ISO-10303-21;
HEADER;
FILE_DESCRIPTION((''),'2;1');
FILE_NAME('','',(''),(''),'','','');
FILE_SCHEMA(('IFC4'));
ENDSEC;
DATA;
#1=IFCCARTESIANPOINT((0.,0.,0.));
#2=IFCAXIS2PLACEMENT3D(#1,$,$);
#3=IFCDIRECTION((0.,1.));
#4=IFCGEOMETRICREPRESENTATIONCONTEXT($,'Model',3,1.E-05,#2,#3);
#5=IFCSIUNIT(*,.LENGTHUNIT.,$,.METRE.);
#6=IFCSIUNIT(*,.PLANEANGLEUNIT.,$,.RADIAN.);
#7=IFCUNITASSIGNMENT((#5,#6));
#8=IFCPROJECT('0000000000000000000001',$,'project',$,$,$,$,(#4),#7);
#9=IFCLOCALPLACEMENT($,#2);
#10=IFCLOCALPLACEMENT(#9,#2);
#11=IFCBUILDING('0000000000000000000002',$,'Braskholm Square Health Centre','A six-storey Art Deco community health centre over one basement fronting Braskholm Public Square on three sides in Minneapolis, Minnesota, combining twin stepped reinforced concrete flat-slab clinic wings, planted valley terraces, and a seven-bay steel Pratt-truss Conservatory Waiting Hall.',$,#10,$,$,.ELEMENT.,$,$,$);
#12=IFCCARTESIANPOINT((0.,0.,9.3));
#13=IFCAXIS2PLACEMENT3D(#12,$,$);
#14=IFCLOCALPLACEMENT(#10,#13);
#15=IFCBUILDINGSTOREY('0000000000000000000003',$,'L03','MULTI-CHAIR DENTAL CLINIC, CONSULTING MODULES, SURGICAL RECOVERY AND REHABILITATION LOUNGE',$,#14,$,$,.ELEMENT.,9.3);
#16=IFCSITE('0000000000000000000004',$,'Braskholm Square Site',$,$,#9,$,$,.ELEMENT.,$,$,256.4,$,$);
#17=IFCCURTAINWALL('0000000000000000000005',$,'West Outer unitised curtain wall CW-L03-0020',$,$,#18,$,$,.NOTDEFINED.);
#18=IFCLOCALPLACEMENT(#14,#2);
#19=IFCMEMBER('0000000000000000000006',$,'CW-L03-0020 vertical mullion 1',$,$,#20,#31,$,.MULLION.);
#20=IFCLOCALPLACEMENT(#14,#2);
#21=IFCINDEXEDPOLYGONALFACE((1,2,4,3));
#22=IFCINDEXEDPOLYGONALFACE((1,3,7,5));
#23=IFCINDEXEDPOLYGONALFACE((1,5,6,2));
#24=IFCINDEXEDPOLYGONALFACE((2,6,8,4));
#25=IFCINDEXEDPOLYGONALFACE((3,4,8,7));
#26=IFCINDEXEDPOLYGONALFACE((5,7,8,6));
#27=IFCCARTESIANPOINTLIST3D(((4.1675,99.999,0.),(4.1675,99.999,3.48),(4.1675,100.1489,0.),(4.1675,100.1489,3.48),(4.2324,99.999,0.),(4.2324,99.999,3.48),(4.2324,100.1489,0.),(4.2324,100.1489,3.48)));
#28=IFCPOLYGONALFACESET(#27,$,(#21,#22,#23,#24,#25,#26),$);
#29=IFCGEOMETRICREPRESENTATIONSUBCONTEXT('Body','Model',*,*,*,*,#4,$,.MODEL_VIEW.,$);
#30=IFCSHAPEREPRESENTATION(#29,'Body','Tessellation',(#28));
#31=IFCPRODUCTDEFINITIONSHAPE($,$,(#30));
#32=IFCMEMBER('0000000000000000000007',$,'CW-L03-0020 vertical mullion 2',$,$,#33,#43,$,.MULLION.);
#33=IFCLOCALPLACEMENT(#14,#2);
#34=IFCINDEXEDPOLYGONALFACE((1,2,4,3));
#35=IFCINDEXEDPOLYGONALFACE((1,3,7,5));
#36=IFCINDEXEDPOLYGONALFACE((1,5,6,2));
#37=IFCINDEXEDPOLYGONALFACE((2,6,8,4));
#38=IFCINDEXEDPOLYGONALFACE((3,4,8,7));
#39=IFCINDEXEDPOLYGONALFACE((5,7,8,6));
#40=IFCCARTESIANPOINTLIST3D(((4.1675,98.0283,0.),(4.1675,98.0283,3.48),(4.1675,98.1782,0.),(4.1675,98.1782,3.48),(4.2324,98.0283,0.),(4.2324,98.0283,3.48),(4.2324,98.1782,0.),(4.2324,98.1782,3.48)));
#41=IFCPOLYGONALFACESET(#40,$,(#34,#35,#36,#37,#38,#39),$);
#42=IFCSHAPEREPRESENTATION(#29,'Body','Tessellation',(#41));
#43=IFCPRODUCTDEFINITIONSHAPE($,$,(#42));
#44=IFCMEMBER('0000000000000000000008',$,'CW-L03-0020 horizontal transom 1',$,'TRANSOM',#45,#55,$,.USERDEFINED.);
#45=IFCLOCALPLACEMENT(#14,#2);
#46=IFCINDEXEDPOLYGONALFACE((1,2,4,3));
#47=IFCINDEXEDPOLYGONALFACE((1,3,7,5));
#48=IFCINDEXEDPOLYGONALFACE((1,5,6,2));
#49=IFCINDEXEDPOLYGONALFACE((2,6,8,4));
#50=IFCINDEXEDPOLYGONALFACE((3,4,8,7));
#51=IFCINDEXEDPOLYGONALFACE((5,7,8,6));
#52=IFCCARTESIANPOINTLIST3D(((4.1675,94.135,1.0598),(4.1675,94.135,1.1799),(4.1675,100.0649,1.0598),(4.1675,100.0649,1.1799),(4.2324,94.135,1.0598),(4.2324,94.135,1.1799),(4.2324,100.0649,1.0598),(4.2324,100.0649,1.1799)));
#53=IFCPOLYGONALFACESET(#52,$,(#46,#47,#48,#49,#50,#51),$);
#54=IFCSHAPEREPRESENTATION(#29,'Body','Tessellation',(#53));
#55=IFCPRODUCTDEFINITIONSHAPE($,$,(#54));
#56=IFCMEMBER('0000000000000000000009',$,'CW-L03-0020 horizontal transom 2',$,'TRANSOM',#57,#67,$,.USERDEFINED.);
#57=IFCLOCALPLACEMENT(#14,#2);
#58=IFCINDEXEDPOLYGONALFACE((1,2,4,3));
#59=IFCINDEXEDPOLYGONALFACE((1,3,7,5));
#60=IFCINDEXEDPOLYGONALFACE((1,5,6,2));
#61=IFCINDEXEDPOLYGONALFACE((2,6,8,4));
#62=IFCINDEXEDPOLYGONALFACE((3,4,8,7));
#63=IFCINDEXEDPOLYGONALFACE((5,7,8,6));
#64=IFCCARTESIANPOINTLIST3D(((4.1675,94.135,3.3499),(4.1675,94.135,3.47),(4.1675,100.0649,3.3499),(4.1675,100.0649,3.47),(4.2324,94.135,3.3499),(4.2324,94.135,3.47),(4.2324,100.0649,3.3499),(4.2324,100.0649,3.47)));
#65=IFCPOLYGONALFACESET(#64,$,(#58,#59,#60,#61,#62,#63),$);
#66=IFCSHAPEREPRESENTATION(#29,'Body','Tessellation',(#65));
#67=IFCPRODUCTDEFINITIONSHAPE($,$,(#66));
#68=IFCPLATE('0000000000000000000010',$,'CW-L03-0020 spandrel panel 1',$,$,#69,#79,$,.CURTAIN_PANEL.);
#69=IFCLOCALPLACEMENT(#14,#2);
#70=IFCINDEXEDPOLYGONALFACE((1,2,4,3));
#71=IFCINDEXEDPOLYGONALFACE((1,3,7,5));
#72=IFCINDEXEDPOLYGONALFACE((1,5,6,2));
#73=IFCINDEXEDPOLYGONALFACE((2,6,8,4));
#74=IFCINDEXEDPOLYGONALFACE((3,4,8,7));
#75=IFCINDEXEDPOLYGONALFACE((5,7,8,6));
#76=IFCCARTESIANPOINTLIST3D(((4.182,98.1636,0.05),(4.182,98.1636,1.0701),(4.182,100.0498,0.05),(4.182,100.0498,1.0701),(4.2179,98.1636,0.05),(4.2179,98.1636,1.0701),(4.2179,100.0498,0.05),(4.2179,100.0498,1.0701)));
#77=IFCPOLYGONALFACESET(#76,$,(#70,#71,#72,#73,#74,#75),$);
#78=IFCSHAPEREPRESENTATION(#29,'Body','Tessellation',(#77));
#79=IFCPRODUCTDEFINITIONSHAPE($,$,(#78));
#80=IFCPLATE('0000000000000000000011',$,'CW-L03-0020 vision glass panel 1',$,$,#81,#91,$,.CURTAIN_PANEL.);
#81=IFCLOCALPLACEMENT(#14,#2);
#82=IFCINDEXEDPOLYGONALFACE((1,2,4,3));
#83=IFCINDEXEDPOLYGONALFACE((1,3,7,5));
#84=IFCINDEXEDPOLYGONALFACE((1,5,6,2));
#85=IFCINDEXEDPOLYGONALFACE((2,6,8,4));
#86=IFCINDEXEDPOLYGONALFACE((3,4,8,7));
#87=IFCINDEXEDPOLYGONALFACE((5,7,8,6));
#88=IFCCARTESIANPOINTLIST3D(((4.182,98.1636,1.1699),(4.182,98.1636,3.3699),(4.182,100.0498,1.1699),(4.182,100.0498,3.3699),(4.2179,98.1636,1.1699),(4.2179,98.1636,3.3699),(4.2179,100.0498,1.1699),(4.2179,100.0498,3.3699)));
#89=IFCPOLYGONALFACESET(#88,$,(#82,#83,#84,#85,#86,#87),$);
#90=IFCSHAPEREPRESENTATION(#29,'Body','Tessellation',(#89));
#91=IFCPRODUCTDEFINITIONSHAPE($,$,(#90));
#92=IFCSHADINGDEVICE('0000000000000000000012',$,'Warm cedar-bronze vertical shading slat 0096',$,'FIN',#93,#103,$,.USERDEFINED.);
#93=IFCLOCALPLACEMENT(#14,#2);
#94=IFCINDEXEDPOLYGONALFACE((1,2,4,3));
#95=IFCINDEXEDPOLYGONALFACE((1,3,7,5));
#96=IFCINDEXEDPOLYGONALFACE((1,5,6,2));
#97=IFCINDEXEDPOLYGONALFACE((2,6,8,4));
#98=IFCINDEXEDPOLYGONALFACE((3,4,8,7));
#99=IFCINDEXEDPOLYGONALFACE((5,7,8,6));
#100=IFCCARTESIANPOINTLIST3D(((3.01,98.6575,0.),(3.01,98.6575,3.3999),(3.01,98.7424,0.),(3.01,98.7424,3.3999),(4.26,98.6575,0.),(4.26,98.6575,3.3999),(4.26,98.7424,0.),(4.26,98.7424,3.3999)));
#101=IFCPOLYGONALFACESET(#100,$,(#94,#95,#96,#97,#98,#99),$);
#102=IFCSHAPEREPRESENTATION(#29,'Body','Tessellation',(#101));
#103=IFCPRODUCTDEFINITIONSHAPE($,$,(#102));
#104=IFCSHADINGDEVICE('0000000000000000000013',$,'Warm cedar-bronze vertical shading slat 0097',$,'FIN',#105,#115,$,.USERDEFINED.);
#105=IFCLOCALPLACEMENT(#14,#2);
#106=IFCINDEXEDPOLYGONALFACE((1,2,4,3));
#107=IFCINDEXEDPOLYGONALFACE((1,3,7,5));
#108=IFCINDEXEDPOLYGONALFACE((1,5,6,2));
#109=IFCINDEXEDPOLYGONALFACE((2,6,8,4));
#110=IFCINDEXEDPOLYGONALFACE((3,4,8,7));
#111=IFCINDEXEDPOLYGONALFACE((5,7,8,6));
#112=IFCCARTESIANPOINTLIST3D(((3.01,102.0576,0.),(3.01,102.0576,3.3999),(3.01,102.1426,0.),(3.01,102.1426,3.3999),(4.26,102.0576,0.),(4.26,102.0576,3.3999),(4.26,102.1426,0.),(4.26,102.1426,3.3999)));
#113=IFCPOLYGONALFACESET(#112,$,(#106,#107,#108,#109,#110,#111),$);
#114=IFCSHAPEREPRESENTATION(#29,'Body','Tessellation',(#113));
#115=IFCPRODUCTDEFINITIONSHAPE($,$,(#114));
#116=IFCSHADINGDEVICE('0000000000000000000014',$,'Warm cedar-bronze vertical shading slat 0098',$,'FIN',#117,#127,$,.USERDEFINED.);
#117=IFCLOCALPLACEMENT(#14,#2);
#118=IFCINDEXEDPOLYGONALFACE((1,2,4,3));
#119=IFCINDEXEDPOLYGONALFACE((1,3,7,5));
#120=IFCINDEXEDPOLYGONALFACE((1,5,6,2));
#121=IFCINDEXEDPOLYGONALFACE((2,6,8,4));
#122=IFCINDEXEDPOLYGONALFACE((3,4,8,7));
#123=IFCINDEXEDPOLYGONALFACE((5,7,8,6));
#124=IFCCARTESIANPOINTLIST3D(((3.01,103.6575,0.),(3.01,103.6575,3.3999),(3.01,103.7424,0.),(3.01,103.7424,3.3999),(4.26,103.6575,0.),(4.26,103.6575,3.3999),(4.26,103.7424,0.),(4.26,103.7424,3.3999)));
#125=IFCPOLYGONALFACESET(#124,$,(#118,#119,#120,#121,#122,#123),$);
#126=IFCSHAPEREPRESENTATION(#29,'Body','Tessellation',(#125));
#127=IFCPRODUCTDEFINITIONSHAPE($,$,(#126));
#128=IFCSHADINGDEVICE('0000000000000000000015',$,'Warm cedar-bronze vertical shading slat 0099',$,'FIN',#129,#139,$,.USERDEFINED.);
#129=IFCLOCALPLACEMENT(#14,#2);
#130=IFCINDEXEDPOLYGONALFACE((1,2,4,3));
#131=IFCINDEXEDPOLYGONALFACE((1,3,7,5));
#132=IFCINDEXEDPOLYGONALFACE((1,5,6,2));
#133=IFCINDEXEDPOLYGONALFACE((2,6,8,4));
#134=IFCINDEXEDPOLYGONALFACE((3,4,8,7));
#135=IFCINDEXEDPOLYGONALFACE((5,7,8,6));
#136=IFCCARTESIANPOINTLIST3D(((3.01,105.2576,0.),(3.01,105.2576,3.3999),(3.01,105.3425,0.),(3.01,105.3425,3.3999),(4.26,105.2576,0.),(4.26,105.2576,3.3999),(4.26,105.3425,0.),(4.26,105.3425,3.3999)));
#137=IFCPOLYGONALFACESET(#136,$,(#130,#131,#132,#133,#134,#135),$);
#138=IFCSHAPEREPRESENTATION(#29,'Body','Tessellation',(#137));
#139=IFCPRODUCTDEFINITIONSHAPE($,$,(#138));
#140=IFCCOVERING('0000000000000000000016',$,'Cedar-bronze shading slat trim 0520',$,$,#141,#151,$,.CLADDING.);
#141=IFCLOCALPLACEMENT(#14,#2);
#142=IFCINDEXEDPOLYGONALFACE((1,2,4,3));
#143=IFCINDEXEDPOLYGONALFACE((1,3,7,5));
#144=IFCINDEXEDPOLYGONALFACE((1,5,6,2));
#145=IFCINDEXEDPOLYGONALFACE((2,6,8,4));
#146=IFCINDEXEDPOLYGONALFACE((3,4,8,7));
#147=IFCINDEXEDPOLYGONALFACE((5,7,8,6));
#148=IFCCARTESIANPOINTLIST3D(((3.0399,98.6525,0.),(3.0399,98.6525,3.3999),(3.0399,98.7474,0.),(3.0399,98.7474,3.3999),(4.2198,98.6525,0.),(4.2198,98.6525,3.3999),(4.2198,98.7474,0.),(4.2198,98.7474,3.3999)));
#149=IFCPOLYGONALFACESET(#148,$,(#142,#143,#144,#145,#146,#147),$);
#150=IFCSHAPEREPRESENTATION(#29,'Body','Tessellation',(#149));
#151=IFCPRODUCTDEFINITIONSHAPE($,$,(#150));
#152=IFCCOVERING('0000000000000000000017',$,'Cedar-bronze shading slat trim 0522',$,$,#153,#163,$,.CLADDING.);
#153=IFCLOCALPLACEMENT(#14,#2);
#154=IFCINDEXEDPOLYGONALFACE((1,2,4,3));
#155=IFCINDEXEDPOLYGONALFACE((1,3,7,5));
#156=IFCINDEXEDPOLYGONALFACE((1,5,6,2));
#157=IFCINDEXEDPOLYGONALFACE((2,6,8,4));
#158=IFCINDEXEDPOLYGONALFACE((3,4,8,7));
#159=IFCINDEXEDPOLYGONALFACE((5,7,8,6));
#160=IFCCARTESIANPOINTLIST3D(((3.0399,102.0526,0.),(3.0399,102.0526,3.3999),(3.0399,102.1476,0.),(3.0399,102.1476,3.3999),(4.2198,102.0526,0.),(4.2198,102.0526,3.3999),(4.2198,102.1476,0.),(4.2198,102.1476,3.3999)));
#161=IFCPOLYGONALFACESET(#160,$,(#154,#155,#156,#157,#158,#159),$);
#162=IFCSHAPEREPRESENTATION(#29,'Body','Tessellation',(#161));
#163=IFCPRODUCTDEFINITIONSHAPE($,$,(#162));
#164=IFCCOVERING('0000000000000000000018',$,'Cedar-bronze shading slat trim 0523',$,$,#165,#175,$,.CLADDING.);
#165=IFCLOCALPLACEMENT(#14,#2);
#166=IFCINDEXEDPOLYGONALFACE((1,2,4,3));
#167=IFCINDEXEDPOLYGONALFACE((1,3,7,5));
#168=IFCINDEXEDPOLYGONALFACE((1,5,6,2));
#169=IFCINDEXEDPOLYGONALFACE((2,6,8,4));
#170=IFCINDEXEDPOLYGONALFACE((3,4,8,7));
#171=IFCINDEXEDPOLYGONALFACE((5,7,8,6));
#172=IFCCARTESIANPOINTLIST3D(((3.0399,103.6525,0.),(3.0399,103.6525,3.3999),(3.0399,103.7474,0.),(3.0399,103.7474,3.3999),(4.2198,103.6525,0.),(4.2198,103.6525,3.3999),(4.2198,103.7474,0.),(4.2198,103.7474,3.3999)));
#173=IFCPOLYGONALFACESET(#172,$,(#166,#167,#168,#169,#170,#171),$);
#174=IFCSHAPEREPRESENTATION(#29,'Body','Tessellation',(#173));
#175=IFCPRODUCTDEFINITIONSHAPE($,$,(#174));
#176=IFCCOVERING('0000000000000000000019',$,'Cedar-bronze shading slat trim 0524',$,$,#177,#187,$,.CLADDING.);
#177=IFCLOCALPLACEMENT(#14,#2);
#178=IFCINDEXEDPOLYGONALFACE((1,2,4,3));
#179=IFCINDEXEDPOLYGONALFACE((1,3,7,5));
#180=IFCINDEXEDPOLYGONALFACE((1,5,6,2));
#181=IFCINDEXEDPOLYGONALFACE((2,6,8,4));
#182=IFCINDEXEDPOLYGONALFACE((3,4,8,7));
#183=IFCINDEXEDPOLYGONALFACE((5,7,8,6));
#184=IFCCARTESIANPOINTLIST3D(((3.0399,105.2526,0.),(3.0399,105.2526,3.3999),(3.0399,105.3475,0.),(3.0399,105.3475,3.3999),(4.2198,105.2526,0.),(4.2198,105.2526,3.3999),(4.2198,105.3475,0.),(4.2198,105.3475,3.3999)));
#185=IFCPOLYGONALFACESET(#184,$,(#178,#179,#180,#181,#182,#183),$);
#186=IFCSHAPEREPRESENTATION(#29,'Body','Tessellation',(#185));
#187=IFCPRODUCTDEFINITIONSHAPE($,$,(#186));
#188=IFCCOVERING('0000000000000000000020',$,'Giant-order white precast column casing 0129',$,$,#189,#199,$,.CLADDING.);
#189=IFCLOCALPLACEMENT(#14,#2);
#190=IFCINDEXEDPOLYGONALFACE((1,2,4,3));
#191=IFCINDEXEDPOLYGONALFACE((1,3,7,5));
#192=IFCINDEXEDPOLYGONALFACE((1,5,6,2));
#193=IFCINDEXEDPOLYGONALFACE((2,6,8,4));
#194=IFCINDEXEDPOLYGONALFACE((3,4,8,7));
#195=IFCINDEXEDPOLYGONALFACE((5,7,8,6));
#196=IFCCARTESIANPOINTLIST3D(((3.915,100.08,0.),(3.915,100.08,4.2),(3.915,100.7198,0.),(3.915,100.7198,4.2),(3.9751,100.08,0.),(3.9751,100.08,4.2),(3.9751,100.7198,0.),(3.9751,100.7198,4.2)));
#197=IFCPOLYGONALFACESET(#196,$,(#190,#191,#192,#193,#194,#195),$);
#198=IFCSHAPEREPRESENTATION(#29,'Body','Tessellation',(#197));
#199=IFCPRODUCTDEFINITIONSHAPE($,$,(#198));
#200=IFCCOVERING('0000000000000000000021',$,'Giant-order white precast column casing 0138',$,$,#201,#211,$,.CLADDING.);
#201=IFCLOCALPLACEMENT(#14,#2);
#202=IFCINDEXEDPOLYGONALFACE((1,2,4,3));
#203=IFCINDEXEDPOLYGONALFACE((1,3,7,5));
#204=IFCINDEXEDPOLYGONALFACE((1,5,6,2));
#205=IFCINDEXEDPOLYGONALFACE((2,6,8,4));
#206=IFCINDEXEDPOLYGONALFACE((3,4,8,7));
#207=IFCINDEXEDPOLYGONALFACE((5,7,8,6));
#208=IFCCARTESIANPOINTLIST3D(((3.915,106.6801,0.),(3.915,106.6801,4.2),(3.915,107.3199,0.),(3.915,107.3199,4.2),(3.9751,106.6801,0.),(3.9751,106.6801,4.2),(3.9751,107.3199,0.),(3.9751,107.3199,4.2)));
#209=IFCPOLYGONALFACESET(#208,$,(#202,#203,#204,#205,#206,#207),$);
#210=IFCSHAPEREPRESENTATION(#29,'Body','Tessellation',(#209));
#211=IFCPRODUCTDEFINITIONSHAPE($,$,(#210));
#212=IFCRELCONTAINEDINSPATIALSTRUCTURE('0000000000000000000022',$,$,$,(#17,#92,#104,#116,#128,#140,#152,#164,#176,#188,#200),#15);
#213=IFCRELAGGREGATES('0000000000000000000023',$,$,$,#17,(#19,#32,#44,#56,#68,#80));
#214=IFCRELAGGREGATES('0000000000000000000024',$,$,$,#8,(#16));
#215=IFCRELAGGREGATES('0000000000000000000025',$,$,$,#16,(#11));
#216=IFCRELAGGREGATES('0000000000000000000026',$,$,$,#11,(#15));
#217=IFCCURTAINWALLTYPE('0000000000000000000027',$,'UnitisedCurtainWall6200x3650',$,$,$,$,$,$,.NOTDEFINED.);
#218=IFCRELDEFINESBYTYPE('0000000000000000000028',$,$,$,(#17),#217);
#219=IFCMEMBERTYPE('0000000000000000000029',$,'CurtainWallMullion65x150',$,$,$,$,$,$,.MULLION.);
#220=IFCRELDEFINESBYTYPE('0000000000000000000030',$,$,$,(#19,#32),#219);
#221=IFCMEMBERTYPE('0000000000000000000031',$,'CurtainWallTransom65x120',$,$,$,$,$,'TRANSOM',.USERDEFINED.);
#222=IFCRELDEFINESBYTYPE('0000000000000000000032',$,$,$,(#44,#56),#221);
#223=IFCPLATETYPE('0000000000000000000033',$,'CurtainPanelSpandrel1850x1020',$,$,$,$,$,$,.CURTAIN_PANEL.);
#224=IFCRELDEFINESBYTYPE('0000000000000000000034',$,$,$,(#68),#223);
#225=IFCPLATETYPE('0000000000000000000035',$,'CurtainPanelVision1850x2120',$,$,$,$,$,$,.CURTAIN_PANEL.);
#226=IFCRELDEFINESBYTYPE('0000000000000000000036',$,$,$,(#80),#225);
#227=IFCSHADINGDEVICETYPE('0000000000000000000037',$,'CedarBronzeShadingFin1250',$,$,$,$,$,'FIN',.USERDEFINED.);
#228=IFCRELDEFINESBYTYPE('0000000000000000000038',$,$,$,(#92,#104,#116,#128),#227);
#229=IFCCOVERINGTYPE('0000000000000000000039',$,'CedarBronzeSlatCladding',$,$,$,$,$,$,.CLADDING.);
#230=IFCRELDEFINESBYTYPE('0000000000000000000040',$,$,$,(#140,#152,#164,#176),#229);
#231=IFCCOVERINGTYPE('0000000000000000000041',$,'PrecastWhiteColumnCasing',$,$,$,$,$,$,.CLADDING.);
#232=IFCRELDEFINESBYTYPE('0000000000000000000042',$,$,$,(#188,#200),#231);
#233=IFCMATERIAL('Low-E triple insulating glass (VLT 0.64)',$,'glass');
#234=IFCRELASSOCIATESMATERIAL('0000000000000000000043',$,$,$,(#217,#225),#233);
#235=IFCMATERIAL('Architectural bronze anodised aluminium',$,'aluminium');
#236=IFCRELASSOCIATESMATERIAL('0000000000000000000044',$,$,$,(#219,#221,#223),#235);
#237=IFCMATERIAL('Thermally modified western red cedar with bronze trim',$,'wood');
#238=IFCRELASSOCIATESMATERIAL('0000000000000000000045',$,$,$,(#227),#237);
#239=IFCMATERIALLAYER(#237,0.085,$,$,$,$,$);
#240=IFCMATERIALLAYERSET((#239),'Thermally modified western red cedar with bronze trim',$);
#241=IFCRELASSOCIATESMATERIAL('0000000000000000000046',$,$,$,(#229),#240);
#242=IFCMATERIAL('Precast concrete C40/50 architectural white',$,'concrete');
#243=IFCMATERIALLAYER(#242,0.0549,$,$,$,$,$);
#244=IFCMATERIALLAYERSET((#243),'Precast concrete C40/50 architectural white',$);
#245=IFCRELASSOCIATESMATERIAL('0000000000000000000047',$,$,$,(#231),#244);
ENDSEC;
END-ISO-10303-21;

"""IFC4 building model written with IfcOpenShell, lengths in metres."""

from ifc_helpers import new_model, si_unit, direction, frame, origin, origin_2d, place, context, subcontext, project, spatial, rectangle, extrude, material, layer, layer_set, material_profile, profile_set, type_object, element, aggregate, save


model = new_model("IFC4")

# Units and contexts
model_context = context("Model", 3, precision=1e-05, world=origin(), true_north=direction((0.0, 1.0)))
body_context = subcontext(model_context, "Body", "Model", "MODEL_VIEW")
ifc_project = project(units=[si_unit("LENGTHUNIT", "METRE"), si_unit("PLANEANGLEUNIT", "RADIAN")], contexts=[model_context])

# Site, building, storey
site_placement = place(None, origin())
site = spatial("IfcSite", under=ifc_project, at=site_placement, Name="Braskholm Square Site", CompositionType="ELEMENT", RefElevation=256.4)
building_placement = place(site_placement, origin())
building = spatial("IfcBuilding", under=site, at=building_placement, Name="Braskholm Square Health Centre", Description="A six-storey Art Deco community health centre over one basement fronting Braskholm Public Square on three sides in Minneapolis, Minnesota, combining twin stepped reinforced concrete flat-slab clinic wings, planted valley terraces, and a seven-bay steel Pratt-truss Conservatory Waiting Hall.", CompositionType="ELEMENT")
storey_placement = place(building_placement, frame((0.0, 0.0, 9.3)))
storey = spatial("IfcBuildingStorey", under=building, at=storey_placement, Name="L03", Description="MULTI-CHAIR DENTAL CLINIC, CONSULTING MODULES, SURGICAL RECOVERY AND REHABILITATION LOUNGE", CompositionType="ELEMENT", Elevation=9.3)

# Curtain wall, members, plates
ifc_material_1 = material(Name="Low-E triple insulating glass (VLT 0.64)", Category="glass")
curtain_wall_type = type_object("IfcCurtainWallType", Name="UnitisedCurtainWall6200x3650", PredefinedType="NOTDEFINED", material=ifc_material_1)
curtain_wall_placement = place(storey_placement, origin())
curtain_wall = element("IfcCurtainWall", 1, at=curtain_wall_placement, inside=storey, type_object=curtain_wall_type, Name="West Outer unitised curtain wall CW-L03-0020", PredefinedType="NOTDEFINED")
ifc_material_2 = material(Name="Architectural bronze anodised aluminium", Category="aluminium")
ifc_material_profile_1 = material_profile(ifc_material_2, rectangle(XDim=0.0649, YDim=0.1499, at=origin_2d()), Name="ALU-65X150")
ifc_profile_set_1 = profile_set([ifc_material_profile_1], Name="Architectural bronze anodised aluminium")
member_type_1 = type_object("IfcMemberType", Name="CurtainWallMullion65x150", PredefinedType="MULLION", material=ifc_profile_set_1)
member_1_placement = place(storey_placement, frame((4.2, 100.074, 0.0), z_axis=(0.0, 0.0, 1.0), x_axis=(1.0, 0.0, 0.0)))
member_1 = element("IfcMember", 2, at=member_1_placement, type_object=member_type_1, Name="CW-L03-0020 vertical mullion 1", PredefinedType="MULLION", context=body_context, shape_type="SweptSolid", body=[
    extrude(rectangle(XDim=0.0649, YDim=0.1499, at=origin_2d()), origin(), (0.0, 0.0, 1.0), 3.48),
])
member_2_placement = place(storey_placement, frame((4.2, 98.1033, 0.0), z_axis=(0.0, 0.0, 1.0), x_axis=(1.0, 0.0, 0.0)))
member_2 = element("IfcMember", 3, at=member_2_placement, type_object=member_type_1, Name="CW-L03-0020 vertical mullion 2", PredefinedType="MULLION", context=body_context, shape_type="SweptSolid", body=[
    extrude(rectangle(XDim=0.0649, YDim=0.1499, at=origin_2d()), origin(), (0.0, 0.0, 1.0), 3.48),
])
ifc_material_profile_2 = material_profile(ifc_material_2, rectangle(XDim=0.0649, YDim=0.1201, at=origin_2d()), Name="ALU-65X120")
ifc_profile_set_2 = profile_set([ifc_material_profile_2], Name="Architectural bronze anodised aluminium")
member_type_2 = type_object("IfcMemberType", Name="CurtainWallTransom65x120", ElementType="TRANSOM", PredefinedType="USERDEFINED", material=ifc_profile_set_2)
member_3_placement = place(storey_placement, frame((4.2, 100.0649, 1.1199), z_axis=(0.0, -1.0, 0.0), x_axis=(1.0, 0.0, 0.0)))
member_3 = element("IfcMember", 4, at=member_3_placement, type_object=member_type_2, Name="CW-L03-0020 horizontal transom 1", ObjectType="TRANSOM", PredefinedType="USERDEFINED", context=body_context, shape_type="SweptSolid", body=[
    extrude(rectangle(XDim=0.0649, YDim=0.1201, at=origin_2d()), origin(), (0.0, 0.0, 1.0), 5.9299),
])
member_4_placement = place(storey_placement, frame((4.2, 100.0649, 3.4099), z_axis=(0.0, -1.0, 0.0), x_axis=(1.0, 0.0, 0.0)))
member_4 = element("IfcMember", 5, at=member_4_placement, type_object=member_type_2, Name="CW-L03-0020 horizontal transom 2", ObjectType="TRANSOM", PredefinedType="USERDEFINED", context=body_context, shape_type="SweptSolid", body=[
    extrude(rectangle(XDim=0.0649, YDim=0.1201, at=origin_2d()), origin(), (0.0, 0.0, 1.0), 5.9299),
])
plate_type_1 = type_object("IfcPlateType", Name="CurtainPanelSpandrel1850x1020", PredefinedType="CURTAIN_PANEL", material=ifc_material_2)
plate_1_placement = place(storey_placement, frame((4.2, 99.1067, 0.05), z_axis=(0.0, 0.0, 1.0), x_axis=(0.0, -1.0, 0.0)))
plate_1 = element("IfcPlate", 6, at=plate_1_placement, type_object=plate_type_1, Name="CW-L03-0020 spandrel panel 1", PredefinedType="CURTAIN_PANEL", context=body_context, shape_type="SweptSolid", body=[
    extrude(rectangle(XDim=1.8862, YDim=0.0359, at=origin_2d()), origin(), (0.0, 0.0, 1.0), 1.02),
])
plate_type_2 = type_object("IfcPlateType", Name="CurtainPanelVision1850x2120", PredefinedType="CURTAIN_PANEL", material=ifc_material_1)
plate_2_placement = place(storey_placement, frame((4.2, 99.1067, 1.1699), z_axis=(0.0, 0.0, 1.0), x_axis=(0.0, -1.0, 0.0)))
plate_2 = element("IfcPlate", 7, at=plate_2_placement, type_object=plate_type_2, Name="CW-L03-0020 vision glass panel 1", PredefinedType="CURTAIN_PANEL", context=body_context, shape_type="SweptSolid", body=[
    extrude(rectangle(XDim=1.8862, YDim=0.0359, at=origin_2d()), origin(), (0.0, 0.0, 1.0), 2.2),
])
aggregate(curtain_wall, [member_1, member_2, member_3, member_4, plate_1, plate_2])

# Shading devices
ifc_material_3 = material(Name="Thermally modified western red cedar with bronze trim", Category="wood")
shading_device_type = type_object("IfcShadingDeviceType", Name="CedarBronzeShadingFin1250", ElementType="FIN", PredefinedType="USERDEFINED", material=ifc_material_3)
for number, where, z_axis, x_axis, name in (
    (8, (3.635, 98.7, 0.0), (0.0, 0.0, 1.0), (1.0, 0.0, 0.0), "Warm cedar-bronze vertical shading slat 0096"),
    (9, (3.635, 102.1001, 0.0), (0.0, 0.0, 1.0), (1.0, 0.0, 0.0), "Warm cedar-bronze vertical shading slat 0097"),
    (10, (3.635, 103.7, 0.0), (0.0, 0.0, 1.0), (1.0, 0.0, 0.0), "Warm cedar-bronze vertical shading slat 0098"),
    (11, (3.635, 105.3, 0.0), (0.0, 0.0, 1.0), (1.0, 0.0, 0.0), "Warm cedar-bronze vertical shading slat 0099"),
):
    element("IfcShadingDevice", number, at=place(storey_placement, frame(where, z_axis=z_axis, x_axis=x_axis)), inside=storey, type_object=shading_device_type, Name=name, ObjectType="FIN", PredefinedType="USERDEFINED", context=body_context, shape_type="SweptSolid", body=[
        extrude(rectangle(XDim=1.25, YDim=0.085, at=origin_2d()), origin(), (0.0, 0.0, 1.0), 3.3999),
    ])

# Coverings
ifc_layer_1 = layer(ifc_material_3, 0.085)
ifc_layer_set_1 = layer_set([ifc_layer_1], Name="Thermally modified western red cedar with bronze trim")
covering_type_1 = type_object("IfcCoveringType", Name="CedarBronzeSlatCladding", PredefinedType="CLADDING", material=ifc_layer_set_1)
for number, where, z_axis, x_axis, name in (
    (12, (3.6299, 98.7, 0.0), (0.0, 0.0, 1.0), (1.0, 0.0, 0.0), "Cedar-bronze shading slat trim 0520"),
    (13, (3.6299, 102.1001, 0.0), (0.0, 0.0, 1.0), (1.0, 0.0, 0.0), "Cedar-bronze shading slat trim 0522"),
    (14, (3.6299, 103.7, 0.0), (0.0, 0.0, 1.0), (1.0, 0.0, 0.0), "Cedar-bronze shading slat trim 0523"),
    (15, (3.6299, 105.3, 0.0), (0.0, 0.0, 1.0), (1.0, 0.0, 0.0), "Cedar-bronze shading slat trim 0524"),
):
    element("IfcCovering", number, at=place(storey_placement, frame(where, z_axis=z_axis, x_axis=x_axis)), inside=storey, type_object=covering_type_1, Name=name, PredefinedType="CLADDING", context=body_context, shape_type="SweptSolid", body=[
        extrude(rectangle(XDim=1.1799, YDim=0.095, at=origin_2d()), origin(), (0.0, 0.0, 1.0), 3.3999),
    ])
ifc_material_4 = material(Name="Precast concrete C40/50 architectural white", Category="concrete")
ifc_layer_2 = layer(ifc_material_4, 0.0549)
ifc_layer_set_2 = layer_set([ifc_layer_2], Name="Precast concrete C40/50 architectural white")
covering_type_2 = type_object("IfcCoveringType", Name="PrecastWhiteColumnCasing", PredefinedType="CLADDING", material=ifc_layer_set_2)
for number, where, z_axis, x_axis, name in (
    (16, (3.9451, 100.3999, 0.0), (0.0, 0.0, 1.0), (1.0, 0.0, 0.0), "Giant-order white precast column casing 0129"),
    (17, (3.9451, 107.0, 0.0), (0.0, 0.0, 1.0), (1.0, 0.0, 0.0), "Giant-order white precast column casing 0138"),
):
    element("IfcCovering", number, at=place(storey_placement, frame(where, z_axis=z_axis, x_axis=x_axis)), inside=storey, type_object=covering_type_2, Name=name, PredefinedType="CLADDING", context=body_context, shape_type="SweptSolid", body=[
        extrude(rectangle(XDim=0.0601, YDim=0.6399, at=origin_2d()), origin(), (0.0, 0.0, 1.0), 4.2),
    ])

save(model, "model.ifc")
